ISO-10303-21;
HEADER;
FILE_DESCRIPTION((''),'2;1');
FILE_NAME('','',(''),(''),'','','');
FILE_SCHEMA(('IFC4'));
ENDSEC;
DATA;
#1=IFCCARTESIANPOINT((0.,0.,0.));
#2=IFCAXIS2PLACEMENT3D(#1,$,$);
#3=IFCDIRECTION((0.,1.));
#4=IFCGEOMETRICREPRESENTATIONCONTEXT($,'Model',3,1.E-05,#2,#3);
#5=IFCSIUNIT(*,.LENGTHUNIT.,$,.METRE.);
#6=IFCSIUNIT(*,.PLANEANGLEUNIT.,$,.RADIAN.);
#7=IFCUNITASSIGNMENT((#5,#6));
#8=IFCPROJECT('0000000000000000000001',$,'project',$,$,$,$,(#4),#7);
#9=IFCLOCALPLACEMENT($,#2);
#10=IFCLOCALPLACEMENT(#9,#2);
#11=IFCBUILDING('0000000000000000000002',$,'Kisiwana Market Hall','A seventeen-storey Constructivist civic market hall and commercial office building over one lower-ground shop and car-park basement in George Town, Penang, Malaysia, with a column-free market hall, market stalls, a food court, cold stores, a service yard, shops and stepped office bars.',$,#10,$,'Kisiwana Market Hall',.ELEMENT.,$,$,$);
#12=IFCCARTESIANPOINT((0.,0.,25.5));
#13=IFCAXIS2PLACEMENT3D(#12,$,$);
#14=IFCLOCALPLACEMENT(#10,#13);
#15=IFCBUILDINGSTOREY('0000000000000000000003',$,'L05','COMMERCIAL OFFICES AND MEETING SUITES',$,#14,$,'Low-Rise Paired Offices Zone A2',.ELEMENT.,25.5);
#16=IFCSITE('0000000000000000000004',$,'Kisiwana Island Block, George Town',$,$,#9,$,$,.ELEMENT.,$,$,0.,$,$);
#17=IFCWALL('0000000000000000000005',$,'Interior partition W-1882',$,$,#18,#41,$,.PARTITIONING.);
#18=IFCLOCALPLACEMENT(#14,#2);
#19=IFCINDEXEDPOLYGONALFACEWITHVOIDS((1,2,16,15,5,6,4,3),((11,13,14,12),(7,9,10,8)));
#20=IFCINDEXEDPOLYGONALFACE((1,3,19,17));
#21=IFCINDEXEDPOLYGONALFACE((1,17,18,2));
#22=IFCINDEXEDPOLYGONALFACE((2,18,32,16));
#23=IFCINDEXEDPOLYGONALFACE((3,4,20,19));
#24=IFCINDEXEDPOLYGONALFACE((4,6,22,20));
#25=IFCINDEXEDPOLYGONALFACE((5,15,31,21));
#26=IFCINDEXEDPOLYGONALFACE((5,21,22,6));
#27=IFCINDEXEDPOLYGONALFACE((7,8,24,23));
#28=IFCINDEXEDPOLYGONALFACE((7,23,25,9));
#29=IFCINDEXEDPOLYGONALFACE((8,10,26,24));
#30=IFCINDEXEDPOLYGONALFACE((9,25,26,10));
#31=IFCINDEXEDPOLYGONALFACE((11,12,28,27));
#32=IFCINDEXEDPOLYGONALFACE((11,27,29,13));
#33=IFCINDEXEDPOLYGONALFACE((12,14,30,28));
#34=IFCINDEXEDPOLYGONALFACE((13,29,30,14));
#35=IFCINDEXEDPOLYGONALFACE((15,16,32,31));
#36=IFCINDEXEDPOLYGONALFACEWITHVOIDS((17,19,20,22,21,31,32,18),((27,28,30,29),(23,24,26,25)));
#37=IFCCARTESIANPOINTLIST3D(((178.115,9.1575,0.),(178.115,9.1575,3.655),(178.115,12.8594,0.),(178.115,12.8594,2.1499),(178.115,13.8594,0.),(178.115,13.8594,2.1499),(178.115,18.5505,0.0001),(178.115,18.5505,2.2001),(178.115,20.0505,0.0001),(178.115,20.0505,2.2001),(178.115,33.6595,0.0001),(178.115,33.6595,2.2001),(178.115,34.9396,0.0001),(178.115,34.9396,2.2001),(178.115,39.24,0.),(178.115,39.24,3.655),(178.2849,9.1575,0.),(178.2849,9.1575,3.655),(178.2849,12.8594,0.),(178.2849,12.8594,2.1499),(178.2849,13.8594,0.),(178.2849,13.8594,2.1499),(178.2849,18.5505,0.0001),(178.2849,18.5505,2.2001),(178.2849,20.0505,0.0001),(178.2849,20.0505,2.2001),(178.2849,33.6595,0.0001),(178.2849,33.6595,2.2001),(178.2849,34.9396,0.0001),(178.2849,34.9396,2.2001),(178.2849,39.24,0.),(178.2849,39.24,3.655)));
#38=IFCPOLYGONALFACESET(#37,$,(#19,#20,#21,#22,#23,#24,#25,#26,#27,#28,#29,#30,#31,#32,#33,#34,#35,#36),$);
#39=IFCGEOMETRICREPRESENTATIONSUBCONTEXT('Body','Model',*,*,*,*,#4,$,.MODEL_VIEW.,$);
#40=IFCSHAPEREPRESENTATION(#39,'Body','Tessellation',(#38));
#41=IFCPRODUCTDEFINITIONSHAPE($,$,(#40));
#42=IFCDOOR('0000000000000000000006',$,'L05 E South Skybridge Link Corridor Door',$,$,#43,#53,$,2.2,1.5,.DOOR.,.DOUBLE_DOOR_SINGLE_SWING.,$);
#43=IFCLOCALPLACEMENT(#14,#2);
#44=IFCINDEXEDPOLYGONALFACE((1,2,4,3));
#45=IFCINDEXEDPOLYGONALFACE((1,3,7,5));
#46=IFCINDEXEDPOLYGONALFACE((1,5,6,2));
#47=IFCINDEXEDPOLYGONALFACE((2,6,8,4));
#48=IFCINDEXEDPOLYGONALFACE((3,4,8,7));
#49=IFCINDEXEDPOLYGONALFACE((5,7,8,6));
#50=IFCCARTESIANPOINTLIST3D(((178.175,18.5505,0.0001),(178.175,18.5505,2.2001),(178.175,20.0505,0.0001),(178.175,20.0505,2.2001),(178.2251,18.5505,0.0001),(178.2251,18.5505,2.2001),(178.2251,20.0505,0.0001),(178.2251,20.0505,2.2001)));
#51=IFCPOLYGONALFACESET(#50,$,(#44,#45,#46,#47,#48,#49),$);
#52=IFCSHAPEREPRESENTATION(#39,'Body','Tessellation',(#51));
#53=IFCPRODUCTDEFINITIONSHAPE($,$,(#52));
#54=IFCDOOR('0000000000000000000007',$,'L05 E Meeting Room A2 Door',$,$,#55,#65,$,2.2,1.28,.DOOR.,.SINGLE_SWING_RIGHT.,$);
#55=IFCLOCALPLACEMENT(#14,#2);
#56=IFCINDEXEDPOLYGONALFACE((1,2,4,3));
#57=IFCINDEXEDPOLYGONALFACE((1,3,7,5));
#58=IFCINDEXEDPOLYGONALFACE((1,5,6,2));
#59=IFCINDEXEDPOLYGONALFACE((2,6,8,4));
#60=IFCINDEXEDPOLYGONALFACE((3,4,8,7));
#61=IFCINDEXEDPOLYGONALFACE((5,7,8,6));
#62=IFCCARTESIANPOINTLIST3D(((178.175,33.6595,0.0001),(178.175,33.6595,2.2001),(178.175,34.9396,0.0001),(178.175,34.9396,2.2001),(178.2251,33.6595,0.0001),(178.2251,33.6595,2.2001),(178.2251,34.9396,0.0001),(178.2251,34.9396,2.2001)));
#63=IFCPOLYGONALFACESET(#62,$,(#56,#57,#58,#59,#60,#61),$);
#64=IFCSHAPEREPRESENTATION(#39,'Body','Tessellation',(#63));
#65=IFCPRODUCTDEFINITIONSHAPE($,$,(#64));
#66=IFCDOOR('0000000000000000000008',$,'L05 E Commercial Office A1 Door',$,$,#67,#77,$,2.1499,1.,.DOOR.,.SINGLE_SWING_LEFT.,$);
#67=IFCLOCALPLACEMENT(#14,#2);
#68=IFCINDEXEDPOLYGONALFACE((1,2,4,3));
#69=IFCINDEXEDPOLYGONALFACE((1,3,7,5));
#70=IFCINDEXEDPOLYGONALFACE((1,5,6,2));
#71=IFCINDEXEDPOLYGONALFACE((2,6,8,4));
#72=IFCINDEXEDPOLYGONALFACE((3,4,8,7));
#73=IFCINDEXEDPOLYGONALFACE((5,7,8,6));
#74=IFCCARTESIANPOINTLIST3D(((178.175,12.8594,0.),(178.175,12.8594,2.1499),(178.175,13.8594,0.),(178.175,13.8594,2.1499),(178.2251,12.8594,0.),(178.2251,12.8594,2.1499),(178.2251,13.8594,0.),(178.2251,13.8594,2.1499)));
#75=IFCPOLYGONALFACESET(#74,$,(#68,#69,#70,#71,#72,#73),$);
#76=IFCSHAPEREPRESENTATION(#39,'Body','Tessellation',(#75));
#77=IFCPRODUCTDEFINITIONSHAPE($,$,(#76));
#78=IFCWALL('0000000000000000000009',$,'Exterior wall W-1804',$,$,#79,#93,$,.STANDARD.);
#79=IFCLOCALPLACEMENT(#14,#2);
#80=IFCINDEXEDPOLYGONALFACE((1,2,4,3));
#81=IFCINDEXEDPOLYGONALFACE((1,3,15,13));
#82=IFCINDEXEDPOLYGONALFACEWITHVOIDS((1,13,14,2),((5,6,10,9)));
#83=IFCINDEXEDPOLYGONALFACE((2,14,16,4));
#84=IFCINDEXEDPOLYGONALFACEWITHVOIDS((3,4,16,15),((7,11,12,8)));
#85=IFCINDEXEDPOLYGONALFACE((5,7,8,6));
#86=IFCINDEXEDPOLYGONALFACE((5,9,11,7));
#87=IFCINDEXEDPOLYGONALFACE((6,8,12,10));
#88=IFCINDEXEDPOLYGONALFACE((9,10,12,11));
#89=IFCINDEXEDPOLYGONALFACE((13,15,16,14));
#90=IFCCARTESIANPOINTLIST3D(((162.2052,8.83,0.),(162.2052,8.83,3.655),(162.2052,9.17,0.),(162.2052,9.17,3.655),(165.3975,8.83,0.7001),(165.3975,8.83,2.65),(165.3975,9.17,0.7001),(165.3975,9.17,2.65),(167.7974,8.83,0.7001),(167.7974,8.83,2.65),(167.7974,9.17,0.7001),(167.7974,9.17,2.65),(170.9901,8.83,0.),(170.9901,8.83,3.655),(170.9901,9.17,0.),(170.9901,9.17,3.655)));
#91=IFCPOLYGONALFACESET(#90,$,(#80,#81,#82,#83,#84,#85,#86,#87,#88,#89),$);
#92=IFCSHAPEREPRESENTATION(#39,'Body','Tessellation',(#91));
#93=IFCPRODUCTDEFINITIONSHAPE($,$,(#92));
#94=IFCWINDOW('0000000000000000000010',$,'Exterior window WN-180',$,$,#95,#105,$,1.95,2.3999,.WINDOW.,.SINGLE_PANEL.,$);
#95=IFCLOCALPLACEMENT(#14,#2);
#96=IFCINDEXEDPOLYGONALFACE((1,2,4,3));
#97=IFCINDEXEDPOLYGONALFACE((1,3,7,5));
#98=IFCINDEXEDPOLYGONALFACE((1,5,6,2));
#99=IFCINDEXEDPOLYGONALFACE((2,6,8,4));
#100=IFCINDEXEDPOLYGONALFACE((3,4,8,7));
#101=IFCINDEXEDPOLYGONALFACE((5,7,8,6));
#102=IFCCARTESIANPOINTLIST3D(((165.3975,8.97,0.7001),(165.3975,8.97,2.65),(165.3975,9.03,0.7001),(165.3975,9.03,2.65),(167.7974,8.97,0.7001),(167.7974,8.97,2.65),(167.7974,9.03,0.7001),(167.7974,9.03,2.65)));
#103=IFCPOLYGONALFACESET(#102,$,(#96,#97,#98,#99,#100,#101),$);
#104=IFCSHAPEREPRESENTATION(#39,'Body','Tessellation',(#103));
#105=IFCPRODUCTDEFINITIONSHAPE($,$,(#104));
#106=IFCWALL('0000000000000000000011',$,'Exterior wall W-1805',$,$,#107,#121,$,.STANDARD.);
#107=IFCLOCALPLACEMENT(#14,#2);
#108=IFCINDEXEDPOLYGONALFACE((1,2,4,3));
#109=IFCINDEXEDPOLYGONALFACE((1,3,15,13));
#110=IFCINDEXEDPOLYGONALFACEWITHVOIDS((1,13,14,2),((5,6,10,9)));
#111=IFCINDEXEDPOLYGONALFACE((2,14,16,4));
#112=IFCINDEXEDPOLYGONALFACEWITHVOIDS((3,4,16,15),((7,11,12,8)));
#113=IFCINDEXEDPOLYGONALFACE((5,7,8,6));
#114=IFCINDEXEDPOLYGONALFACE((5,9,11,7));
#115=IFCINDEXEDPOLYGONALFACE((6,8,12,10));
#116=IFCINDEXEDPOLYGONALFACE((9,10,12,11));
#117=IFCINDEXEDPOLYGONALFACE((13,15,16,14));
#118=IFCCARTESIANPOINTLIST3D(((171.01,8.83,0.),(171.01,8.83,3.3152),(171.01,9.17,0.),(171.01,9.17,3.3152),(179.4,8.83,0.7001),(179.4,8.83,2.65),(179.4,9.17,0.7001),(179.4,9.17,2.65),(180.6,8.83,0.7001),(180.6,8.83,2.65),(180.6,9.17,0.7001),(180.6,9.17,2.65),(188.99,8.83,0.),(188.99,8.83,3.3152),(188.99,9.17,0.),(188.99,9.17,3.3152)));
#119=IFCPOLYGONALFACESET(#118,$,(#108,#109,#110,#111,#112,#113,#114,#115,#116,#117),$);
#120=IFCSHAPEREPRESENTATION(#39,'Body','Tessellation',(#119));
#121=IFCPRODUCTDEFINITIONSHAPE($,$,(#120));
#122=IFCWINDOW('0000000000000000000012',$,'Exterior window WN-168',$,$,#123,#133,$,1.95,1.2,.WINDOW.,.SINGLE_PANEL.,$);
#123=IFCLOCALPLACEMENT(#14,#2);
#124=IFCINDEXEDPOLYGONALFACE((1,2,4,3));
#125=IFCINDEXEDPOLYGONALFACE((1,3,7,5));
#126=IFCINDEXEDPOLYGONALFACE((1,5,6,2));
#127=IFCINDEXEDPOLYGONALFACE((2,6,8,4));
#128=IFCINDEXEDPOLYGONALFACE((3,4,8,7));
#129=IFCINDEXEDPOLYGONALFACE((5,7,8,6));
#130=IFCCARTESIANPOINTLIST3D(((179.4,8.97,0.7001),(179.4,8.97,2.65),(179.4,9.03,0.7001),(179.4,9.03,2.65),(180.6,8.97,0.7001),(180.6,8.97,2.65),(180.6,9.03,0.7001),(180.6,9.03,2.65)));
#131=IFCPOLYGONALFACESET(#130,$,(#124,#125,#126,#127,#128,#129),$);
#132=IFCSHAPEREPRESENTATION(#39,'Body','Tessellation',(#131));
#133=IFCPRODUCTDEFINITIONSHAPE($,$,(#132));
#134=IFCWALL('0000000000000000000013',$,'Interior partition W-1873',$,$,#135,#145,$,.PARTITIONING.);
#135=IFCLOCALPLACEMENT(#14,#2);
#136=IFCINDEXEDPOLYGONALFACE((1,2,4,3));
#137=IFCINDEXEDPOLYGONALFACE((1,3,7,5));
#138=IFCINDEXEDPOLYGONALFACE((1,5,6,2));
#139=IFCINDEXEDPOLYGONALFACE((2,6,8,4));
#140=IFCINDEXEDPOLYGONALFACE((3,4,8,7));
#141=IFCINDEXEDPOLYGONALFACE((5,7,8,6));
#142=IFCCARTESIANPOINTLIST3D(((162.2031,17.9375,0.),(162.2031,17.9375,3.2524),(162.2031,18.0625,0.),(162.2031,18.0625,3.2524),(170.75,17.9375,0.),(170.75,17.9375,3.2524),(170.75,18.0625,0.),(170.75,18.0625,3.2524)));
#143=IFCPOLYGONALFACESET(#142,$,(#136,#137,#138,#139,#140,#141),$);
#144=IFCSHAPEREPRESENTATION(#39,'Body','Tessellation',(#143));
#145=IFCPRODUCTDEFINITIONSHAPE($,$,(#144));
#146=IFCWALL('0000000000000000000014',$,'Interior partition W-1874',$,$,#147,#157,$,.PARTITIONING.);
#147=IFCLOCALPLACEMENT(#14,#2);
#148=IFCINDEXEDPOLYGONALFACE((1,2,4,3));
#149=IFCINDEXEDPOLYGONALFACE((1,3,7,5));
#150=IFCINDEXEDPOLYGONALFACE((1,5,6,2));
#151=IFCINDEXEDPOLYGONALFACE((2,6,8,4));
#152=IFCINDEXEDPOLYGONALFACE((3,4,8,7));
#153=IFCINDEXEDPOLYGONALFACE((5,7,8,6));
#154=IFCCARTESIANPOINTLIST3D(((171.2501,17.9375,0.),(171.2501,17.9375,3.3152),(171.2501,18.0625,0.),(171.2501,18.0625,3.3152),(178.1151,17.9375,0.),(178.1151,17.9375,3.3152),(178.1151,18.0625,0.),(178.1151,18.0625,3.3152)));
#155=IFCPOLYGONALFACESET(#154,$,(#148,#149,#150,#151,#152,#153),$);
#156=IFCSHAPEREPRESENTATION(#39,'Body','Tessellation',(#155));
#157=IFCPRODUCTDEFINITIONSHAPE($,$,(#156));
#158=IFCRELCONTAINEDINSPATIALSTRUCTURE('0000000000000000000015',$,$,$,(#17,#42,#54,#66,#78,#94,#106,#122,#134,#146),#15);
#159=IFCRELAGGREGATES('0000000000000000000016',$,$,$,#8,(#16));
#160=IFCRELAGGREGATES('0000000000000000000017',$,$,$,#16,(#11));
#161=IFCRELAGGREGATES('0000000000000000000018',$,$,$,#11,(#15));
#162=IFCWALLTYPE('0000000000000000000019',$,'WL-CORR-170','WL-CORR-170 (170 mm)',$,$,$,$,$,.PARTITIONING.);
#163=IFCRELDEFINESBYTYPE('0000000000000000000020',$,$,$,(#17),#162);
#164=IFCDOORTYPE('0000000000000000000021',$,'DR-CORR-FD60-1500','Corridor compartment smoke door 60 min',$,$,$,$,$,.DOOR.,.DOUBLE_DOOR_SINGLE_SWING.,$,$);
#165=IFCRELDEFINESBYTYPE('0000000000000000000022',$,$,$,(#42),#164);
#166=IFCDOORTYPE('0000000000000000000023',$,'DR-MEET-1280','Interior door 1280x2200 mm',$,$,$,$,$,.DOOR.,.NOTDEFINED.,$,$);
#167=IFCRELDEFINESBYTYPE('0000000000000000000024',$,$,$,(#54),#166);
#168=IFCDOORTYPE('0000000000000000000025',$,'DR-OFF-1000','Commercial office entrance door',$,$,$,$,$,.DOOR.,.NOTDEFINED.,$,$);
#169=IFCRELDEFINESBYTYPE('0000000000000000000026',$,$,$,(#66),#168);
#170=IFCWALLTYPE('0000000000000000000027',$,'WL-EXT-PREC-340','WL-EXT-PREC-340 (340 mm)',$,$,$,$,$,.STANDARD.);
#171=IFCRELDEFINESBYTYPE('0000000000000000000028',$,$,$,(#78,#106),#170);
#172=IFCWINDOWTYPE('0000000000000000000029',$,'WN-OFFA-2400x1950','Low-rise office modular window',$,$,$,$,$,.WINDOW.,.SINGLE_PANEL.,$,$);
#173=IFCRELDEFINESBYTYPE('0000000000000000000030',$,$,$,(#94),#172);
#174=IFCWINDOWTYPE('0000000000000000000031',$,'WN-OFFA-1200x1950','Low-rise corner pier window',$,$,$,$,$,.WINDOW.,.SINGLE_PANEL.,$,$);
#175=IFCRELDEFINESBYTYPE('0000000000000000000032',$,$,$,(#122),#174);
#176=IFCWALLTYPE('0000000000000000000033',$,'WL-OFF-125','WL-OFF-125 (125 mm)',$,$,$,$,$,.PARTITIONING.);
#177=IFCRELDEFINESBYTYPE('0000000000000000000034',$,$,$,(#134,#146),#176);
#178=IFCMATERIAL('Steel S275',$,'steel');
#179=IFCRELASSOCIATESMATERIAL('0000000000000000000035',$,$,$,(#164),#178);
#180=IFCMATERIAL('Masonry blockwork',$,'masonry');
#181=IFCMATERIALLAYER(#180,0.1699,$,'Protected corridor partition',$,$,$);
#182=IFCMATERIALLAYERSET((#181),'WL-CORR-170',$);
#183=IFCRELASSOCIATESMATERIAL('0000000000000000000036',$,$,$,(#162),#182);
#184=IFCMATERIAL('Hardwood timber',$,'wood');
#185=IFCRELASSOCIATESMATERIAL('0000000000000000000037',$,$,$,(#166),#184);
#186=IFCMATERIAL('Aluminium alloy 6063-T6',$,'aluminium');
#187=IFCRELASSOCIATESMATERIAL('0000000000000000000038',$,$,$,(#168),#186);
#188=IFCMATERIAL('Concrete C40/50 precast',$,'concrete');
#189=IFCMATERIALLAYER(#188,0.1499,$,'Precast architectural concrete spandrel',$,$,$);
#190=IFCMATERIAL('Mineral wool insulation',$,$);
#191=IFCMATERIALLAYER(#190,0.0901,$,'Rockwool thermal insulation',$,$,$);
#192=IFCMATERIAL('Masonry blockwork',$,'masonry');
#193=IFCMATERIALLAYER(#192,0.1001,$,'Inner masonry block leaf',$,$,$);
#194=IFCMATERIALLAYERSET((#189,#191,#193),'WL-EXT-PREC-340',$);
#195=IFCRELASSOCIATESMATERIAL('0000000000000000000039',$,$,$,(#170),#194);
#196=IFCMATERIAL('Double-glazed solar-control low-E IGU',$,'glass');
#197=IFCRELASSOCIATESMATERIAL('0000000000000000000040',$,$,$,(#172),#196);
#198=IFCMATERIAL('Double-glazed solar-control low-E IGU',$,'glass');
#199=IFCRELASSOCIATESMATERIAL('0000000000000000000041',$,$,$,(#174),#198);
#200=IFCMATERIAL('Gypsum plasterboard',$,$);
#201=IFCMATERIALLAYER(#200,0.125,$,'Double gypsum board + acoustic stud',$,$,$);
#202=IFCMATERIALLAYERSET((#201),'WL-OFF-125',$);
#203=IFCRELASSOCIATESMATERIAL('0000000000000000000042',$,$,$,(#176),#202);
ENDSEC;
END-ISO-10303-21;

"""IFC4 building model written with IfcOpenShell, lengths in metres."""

from ifc_helpers import new_model, si_unit, direction, frame, frame_2d, origin, place, context, subcontext, project, spatial, rectangle, extrude, material, layer, layer_set, type_object, element, fill, save


model = new_model("IFC4")

# Units and contexts
model_context = context("Model", 3, precision=1e-05, world=origin(), true_north=direction((0.0, 1.0)))
body_context = subcontext(model_context, "Body", "Model", "MODEL_VIEW")
ifc_project = project(units=[si_unit("LENGTHUNIT", "METRE"), si_unit("PLANEANGLEUNIT", "RADIAN")], contexts=[model_context])

# Site, building, storey
site_placement = place(None, origin())
site = spatial("IfcSite", under=ifc_project, at=site_placement, Name="Kisiwana Island Block, George Town", CompositionType="ELEMENT", RefElevation=0.0)
building_placement = place(site_placement, origin())
building = spatial("IfcBuilding", under=site, at=building_placement, Name="Kisiwana Market Hall", Description="A seventeen-storey Constructivist civic market hall and commercial office building over one lower-ground shop and car-park basement in George Town, Penang, Malaysia, with a column-free market hall, market stalls, a food court, cold stores, a service yard, shops and stepped office bars.", LongName="Kisiwana Market Hall", CompositionType="ELEMENT")
storey_placement = place(building_placement, frame((0.0, 0.0, 25.5)))
storey = spatial("IfcBuildingStorey", under=building, at=storey_placement, Name="L05", Description="COMMERCIAL OFFICES AND MEETING SUITES", LongName="Low-Rise Paired Offices Zone A2", CompositionType="ELEMENT", Elevation=25.5)

# Shared definitions
ifc_material_1 = material(Name="Steel S275", Category="steel")
door_type_1 = type_object("IfcDoorType", Name="DR-CORR-FD60-1500", Description="Corridor compartment smoke door 60 min", OperationType="DOUBLE_DOOR_SINGLE_SWING", PredefinedType="DOOR", material=ifc_material_1)
ifc_material_2 = material(Name="Masonry blockwork", Category="masonry")
ifc_layer_1 = layer(ifc_material_2, 0.1699, Name="Protected corridor partition")
ifc_layer_set_1 = layer_set([ifc_layer_1], Name="WL-CORR-170")
wall_type_1 = type_object("IfcWallType", Name="WL-CORR-170", Description="WL-CORR-170 (170 mm)", PredefinedType="PARTITIONING", material=ifc_layer_set_1)

# Wall, openings, doors
wall_1_placement = place(storey_placement, frame((178.2, 9.1575, 0.0), z_axis=(0.0, 0.0, 1.0), x_axis=(0.0, 1.0, 0.0)))
wall_1 = element("IfcWall", 1, at=wall_1_placement, inside=storey, type_object=wall_type_1, Name="Interior partition W-1882", PredefinedType="PARTITIONING", context=body_context, shape_type="SweptSolid", body=[
    extrude(rectangle(XDim=30.0825, YDim=0.1699, at=frame_2d((15.0413, 0.0))), origin(), (0.0, 0.0, 1.0), 3.655),
])
opening_1_placement = place(wall_1_placement, frame((3.7019, 0.0, 0.0)))
opening_1 = element("IfcOpeningElement", 2, at=opening_1_placement, cuts=wall_1, PredefinedType="OPENING", context=body_context, shape_type="SweptSolid", body=[
    extrude(rectangle(XDim=1.0, YDim=2.1499, at=frame_2d((0.5, 1.075))), frame((0.0, 0.0969, 0.0), z_axis=(0.0, -1.0, 0.0), x_axis=(1.0, 0.0, 0.0)), (0.0, 0.0, 1.0), 0.1938),
])
opening_2_placement = place(wall_1_placement, frame((9.3931, 0.0, 0.0)))
opening_2 = element("IfcOpeningElement", 3, at=opening_2_placement, cuts=wall_1, PredefinedType="OPENING", context=body_context, shape_type="SweptSolid", body=[
    extrude(rectangle(XDim=1.5, YDim=2.2, at=frame_2d((0.75, 1.1001))), frame((0.0, 0.0969, 0.0), z_axis=(0.0, -1.0, 0.0), x_axis=(1.0, 0.0, 0.0)), (0.0, 0.0, 1.0), 0.1938),
])
opening_3_placement = place(wall_1_placement, frame((24.502, 0.0, 0.0)))
opening_3 = element("IfcOpeningElement", 4, at=opening_3_placement, cuts=wall_1, PredefinedType="OPENING", context=body_context, shape_type="SweptSolid", body=[
    extrude(rectangle(XDim=1.28, YDim=2.2, at=frame_2d((0.6401, 1.1001))), frame((0.0, 0.0969, 0.0), z_axis=(0.0, -1.0, 0.0), x_axis=(1.0, 0.0, 0.0)), (0.0, 0.0, 1.0), 0.1938),
])
door_1_placement = place(opening_2_placement, origin())
door_1 = element("IfcDoor", 5, at=door_1_placement, inside=storey, type_object=door_type_1, Name="L05 E South Skybridge Link Corridor Door", OperationType="DOUBLE_DOOR_SINGLE_SWING", OverallHeight=2.2, OverallWidth=1.5, PredefinedType="DOOR", context=body_context, shape_type="SweptSolid", body=[
    extrude(rectangle(XDim=1.5, YDim=2.2, at=frame_2d((0.75, 1.1001))), frame((0.0, 0.0249, 0.0), z_axis=(0.0, -1.0, 0.0), x_axis=(1.0, 0.0, 0.0)), (0.0, 0.0, 1.0), 0.05),
])
fill(opening_2, door_1)
ifc_material_3 = material(Name="Hardwood timber", Category="wood")
door_type_2 = type_object("IfcDoorType", Name="DR-MEET-1280", Description="Interior door 1280x2200 mm", OperationType="NOTDEFINED", PredefinedType="DOOR", material=ifc_material_3)
door_2_placement = place(opening_3_placement, origin())
door_2 = element("IfcDoor", 6, at=door_2_placement, inside=storey, type_object=door_type_2, Name="L05 E Meeting Room A2 Door", OperationType="SINGLE_SWING_RIGHT", OverallHeight=2.2, OverallWidth=1.28, PredefinedType="DOOR", context=body_context, shape_type="SweptSolid", body=[
    extrude(rectangle(XDim=1.28, YDim=2.2, at=frame_2d((0.6401, 1.1001))), frame((0.0, 0.0249, 0.0), z_axis=(0.0, -1.0, 0.0), x_axis=(1.0, 0.0, 0.0)), (0.0, 0.0, 1.0), 0.05),
])
fill(opening_3, door_2)
ifc_material_4 = material(Name="Aluminium alloy 6063-T6", Category="aluminium")
door_type_3 = type_object("IfcDoorType", Name="DR-OFF-1000", Description="Commercial office entrance door", OperationType="NOTDEFINED", PredefinedType="DOOR", material=ifc_material_4)
door_3_placement = place(opening_1_placement, origin())
door_3 = element("IfcDoor", 7, at=door_3_placement, inside=storey, type_object=door_type_3, Name="L05 E Commercial Office A1 Door", OperationType="SINGLE_SWING_LEFT", OverallHeight=2.1499, OverallWidth=1.0, PredefinedType="DOOR", context=body_context, shape_type="SweptSolid", body=[
    extrude(rectangle(XDim=1.0, YDim=2.1499, at=frame_2d((0.5, 1.075))), frame((0.0, 0.0249, 0.0), z_axis=(0.0, -1.0, 0.0), x_axis=(1.0, 0.0, 0.0)), (0.0, 0.0, 1.0), 0.05),
])
fill(opening_1, door_3)

# Walls, openings, windows
ifc_material_5 = material(Name="Concrete C40/50 precast", Category="concrete")
ifc_layer_2 = layer(ifc_material_5, 0.1499, Name="Precast architectural concrete spandrel")
ifc_material_6 = material(Name="Mineral wool insulation")
ifc_layer_3 = layer(ifc_material_6, 0.0901, Name="Rockwool thermal insulation")
ifc_material_7 = material(Name="Masonry blockwork", Category="masonry")
ifc_layer_4 = layer(ifc_material_7, 0.1001, Name="Inner masonry block leaf")
ifc_layer_set_2 = layer_set([ifc_layer_2, ifc_layer_3, ifc_layer_4], Name="WL-EXT-PREC-340")
wall_type_2 = type_object("IfcWallType", Name="WL-EXT-PREC-340", Description="WL-EXT-PREC-340 (340 mm)", PredefinedType="STANDARD", material=ifc_layer_set_2)
wall_2_placement = place(storey_placement, frame((162.2051, 9.0, 0.0), z_axis=(0.0, 0.0, 1.0), x_axis=(1.0, 0.0, 0.0)))
wall_2 = element("IfcWall", 8, at=wall_2_placement, inside=storey, type_object=wall_type_2, Name="Exterior wall W-1804", PredefinedType="STANDARD", context=body_context, shape_type="SweptSolid", body=[
    extrude(rectangle(XDim=8.7849, YDim=0.3401, at=frame_2d((4.3926, 0.0))), origin(), (0.0, 0.0, 1.0), 3.655),
])
opening_4_placement = place(wall_2_placement, frame((3.1924, 0.0, 0.7)))
opening_4 = element("IfcOpeningElement", 9, at=opening_4_placement, cuts=wall_2, PredefinedType="OPENING", context=body_context, shape_type="SweptSolid", body=[
    extrude(rectangle(XDim=2.3999, YDim=1.95, at=frame_2d((1.2, 0.9751))), frame((0.0, 0.1821, 0.0), z_axis=(0.0, -1.0, 0.0), x_axis=(1.0, 0.0, 0.0)), (0.0, 0.0, 1.0), 0.364),
])
ifc_material_8 = material(Name="Double-glazed solar-control low-E IGU", Category="glass")
window_type_1 = type_object("IfcWindowType", Name="WN-OFFA-2400x1950", Description="Low-rise office modular window", PartitioningType="SINGLE_PANEL", PredefinedType="WINDOW", material=ifc_material_8)
window_1_placement = place(opening_4_placement, origin())
window_1 = element("IfcWindow", 10, at=window_1_placement, inside=storey, type_object=window_type_1, Name="Exterior window WN-180", OverallHeight=1.95, OverallWidth=2.3999, PartitioningType="SINGLE_PANEL", PredefinedType="WINDOW", context=body_context, shape_type="SweptSolid", body=[
    extrude(rectangle(XDim=2.3999, YDim=1.95, at=frame_2d((1.2, 0.9751))), frame((0.0, 0.03, 0.0), z_axis=(0.0, -1.0, 0.0), x_axis=(1.0, 0.0, 0.0)), (0.0, 0.0, 1.0), 0.0601),
])
fill(opening_4, window_1)
wall_3_placement = place(storey_placement, frame((171.01, 9.0, 0.0), z_axis=(0.0, 0.0, 1.0), x_axis=(1.0, 0.0, 0.0)))
wall_3 = element("IfcWall", 11, at=wall_3_placement, inside=storey, type_object=wall_type_2, Name="Exterior wall W-1805", PredefinedType="STANDARD", context=body_context, shape_type="SweptSolid", body=[
    extrude(rectangle(XDim=17.98, YDim=0.3401, at=frame_2d((8.99, 0.0))), origin(), (0.0, 0.0, 1.0), 3.3152),
])
opening_5_placement = place(wall_3_placement, frame((8.3899, 0.0, 0.7)))
opening_5 = element("IfcOpeningElement", 12, at=opening_5_placement, cuts=wall_3, PredefinedType="OPENING", context=body_context, shape_type="SweptSolid", body=[
    extrude(rectangle(XDim=1.2, YDim=1.95, at=frame_2d((0.6001, 0.9751))), frame((0.0, 0.1821, 0.0), z_axis=(0.0, -1.0, 0.0), x_axis=(1.0, 0.0, 0.0)), (0.0, 0.0, 1.0), 0.364),
])
ifc_material_9 = material(Name="Double-glazed solar-control low-E IGU", Category="glass")
window_type_2 = type_object("IfcWindowType", Name="WN-OFFA-1200x1950", Description="Low-rise corner pier window", PartitioningType="SINGLE_PANEL", PredefinedType="WINDOW", material=ifc_material_9)
window_2_placement = place(opening_5_placement, origin())
window_2 = element("IfcWindow", 13, at=window_2_placement, inside=storey, type_object=window_type_2, Name="Exterior window WN-168", OverallHeight=1.95, OverallWidth=1.2, PartitioningType="SINGLE_PANEL", PredefinedType="WINDOW", context=body_context, shape_type="SweptSolid", body=[
    extrude(rectangle(XDim=1.2, YDim=1.95, at=frame_2d((0.6001, 0.9751))), frame((0.0, 0.03, 0.0), z_axis=(0.0, -1.0, 0.0), x_axis=(1.0, 0.0, 0.0)), (0.0, 0.0, 1.0), 0.0601),
])
fill(opening_5, window_2)

# Walls
ifc_material_10 = material(Name="Gypsum plasterboard")
ifc_layer_5 = layer(ifc_material_10, 0.125, Name="Double gypsum board + acoustic stud")
ifc_layer_set_3 = layer_set([ifc_layer_5], Name="WL-OFF-125")
wall_type_3 = type_object("IfcWallType", Name="WL-OFF-125", Description="WL-OFF-125 (125 mm)", PredefinedType="PARTITIONING", material=ifc_layer_set_3)
wall_4_placement = place(storey_placement, frame((162.2031, 18.0, 0.0), z_axis=(0.0, 0.0, 1.0), x_axis=(1.0, 0.0, 0.0)))
element("IfcWall", 14, at=wall_4_placement, inside=storey, type_object=wall_type_3, Name="Interior partition W-1873", PredefinedType="PARTITIONING", context=body_context, shape_type="SweptSolid", body=[
    extrude(rectangle(XDim=8.5469, YDim=0.125, at=frame_2d((4.2734, 0.0))), origin(), (0.0, 0.0, 1.0), 3.2524),
])
wall_5_placement = place(storey_placement, frame((171.25, 18.0, 0.0), z_axis=(0.0, 0.0, 1.0), x_axis=(1.0, 0.0, 0.0)))
element("IfcWall", 15, at=wall_5_placement, inside=storey, type_object=wall_type_3, Name="Interior partition W-1874", PredefinedType="PARTITIONING", context=body_context, shape_type="SweptSolid", body=[
    extrude(rectangle(XDim=6.865, YDim=0.125, at=frame_2d((3.4326, 0.0))), origin(), (0.0, 0.0, 1.0), 3.3152),
])

save(model, "model.ifc")
